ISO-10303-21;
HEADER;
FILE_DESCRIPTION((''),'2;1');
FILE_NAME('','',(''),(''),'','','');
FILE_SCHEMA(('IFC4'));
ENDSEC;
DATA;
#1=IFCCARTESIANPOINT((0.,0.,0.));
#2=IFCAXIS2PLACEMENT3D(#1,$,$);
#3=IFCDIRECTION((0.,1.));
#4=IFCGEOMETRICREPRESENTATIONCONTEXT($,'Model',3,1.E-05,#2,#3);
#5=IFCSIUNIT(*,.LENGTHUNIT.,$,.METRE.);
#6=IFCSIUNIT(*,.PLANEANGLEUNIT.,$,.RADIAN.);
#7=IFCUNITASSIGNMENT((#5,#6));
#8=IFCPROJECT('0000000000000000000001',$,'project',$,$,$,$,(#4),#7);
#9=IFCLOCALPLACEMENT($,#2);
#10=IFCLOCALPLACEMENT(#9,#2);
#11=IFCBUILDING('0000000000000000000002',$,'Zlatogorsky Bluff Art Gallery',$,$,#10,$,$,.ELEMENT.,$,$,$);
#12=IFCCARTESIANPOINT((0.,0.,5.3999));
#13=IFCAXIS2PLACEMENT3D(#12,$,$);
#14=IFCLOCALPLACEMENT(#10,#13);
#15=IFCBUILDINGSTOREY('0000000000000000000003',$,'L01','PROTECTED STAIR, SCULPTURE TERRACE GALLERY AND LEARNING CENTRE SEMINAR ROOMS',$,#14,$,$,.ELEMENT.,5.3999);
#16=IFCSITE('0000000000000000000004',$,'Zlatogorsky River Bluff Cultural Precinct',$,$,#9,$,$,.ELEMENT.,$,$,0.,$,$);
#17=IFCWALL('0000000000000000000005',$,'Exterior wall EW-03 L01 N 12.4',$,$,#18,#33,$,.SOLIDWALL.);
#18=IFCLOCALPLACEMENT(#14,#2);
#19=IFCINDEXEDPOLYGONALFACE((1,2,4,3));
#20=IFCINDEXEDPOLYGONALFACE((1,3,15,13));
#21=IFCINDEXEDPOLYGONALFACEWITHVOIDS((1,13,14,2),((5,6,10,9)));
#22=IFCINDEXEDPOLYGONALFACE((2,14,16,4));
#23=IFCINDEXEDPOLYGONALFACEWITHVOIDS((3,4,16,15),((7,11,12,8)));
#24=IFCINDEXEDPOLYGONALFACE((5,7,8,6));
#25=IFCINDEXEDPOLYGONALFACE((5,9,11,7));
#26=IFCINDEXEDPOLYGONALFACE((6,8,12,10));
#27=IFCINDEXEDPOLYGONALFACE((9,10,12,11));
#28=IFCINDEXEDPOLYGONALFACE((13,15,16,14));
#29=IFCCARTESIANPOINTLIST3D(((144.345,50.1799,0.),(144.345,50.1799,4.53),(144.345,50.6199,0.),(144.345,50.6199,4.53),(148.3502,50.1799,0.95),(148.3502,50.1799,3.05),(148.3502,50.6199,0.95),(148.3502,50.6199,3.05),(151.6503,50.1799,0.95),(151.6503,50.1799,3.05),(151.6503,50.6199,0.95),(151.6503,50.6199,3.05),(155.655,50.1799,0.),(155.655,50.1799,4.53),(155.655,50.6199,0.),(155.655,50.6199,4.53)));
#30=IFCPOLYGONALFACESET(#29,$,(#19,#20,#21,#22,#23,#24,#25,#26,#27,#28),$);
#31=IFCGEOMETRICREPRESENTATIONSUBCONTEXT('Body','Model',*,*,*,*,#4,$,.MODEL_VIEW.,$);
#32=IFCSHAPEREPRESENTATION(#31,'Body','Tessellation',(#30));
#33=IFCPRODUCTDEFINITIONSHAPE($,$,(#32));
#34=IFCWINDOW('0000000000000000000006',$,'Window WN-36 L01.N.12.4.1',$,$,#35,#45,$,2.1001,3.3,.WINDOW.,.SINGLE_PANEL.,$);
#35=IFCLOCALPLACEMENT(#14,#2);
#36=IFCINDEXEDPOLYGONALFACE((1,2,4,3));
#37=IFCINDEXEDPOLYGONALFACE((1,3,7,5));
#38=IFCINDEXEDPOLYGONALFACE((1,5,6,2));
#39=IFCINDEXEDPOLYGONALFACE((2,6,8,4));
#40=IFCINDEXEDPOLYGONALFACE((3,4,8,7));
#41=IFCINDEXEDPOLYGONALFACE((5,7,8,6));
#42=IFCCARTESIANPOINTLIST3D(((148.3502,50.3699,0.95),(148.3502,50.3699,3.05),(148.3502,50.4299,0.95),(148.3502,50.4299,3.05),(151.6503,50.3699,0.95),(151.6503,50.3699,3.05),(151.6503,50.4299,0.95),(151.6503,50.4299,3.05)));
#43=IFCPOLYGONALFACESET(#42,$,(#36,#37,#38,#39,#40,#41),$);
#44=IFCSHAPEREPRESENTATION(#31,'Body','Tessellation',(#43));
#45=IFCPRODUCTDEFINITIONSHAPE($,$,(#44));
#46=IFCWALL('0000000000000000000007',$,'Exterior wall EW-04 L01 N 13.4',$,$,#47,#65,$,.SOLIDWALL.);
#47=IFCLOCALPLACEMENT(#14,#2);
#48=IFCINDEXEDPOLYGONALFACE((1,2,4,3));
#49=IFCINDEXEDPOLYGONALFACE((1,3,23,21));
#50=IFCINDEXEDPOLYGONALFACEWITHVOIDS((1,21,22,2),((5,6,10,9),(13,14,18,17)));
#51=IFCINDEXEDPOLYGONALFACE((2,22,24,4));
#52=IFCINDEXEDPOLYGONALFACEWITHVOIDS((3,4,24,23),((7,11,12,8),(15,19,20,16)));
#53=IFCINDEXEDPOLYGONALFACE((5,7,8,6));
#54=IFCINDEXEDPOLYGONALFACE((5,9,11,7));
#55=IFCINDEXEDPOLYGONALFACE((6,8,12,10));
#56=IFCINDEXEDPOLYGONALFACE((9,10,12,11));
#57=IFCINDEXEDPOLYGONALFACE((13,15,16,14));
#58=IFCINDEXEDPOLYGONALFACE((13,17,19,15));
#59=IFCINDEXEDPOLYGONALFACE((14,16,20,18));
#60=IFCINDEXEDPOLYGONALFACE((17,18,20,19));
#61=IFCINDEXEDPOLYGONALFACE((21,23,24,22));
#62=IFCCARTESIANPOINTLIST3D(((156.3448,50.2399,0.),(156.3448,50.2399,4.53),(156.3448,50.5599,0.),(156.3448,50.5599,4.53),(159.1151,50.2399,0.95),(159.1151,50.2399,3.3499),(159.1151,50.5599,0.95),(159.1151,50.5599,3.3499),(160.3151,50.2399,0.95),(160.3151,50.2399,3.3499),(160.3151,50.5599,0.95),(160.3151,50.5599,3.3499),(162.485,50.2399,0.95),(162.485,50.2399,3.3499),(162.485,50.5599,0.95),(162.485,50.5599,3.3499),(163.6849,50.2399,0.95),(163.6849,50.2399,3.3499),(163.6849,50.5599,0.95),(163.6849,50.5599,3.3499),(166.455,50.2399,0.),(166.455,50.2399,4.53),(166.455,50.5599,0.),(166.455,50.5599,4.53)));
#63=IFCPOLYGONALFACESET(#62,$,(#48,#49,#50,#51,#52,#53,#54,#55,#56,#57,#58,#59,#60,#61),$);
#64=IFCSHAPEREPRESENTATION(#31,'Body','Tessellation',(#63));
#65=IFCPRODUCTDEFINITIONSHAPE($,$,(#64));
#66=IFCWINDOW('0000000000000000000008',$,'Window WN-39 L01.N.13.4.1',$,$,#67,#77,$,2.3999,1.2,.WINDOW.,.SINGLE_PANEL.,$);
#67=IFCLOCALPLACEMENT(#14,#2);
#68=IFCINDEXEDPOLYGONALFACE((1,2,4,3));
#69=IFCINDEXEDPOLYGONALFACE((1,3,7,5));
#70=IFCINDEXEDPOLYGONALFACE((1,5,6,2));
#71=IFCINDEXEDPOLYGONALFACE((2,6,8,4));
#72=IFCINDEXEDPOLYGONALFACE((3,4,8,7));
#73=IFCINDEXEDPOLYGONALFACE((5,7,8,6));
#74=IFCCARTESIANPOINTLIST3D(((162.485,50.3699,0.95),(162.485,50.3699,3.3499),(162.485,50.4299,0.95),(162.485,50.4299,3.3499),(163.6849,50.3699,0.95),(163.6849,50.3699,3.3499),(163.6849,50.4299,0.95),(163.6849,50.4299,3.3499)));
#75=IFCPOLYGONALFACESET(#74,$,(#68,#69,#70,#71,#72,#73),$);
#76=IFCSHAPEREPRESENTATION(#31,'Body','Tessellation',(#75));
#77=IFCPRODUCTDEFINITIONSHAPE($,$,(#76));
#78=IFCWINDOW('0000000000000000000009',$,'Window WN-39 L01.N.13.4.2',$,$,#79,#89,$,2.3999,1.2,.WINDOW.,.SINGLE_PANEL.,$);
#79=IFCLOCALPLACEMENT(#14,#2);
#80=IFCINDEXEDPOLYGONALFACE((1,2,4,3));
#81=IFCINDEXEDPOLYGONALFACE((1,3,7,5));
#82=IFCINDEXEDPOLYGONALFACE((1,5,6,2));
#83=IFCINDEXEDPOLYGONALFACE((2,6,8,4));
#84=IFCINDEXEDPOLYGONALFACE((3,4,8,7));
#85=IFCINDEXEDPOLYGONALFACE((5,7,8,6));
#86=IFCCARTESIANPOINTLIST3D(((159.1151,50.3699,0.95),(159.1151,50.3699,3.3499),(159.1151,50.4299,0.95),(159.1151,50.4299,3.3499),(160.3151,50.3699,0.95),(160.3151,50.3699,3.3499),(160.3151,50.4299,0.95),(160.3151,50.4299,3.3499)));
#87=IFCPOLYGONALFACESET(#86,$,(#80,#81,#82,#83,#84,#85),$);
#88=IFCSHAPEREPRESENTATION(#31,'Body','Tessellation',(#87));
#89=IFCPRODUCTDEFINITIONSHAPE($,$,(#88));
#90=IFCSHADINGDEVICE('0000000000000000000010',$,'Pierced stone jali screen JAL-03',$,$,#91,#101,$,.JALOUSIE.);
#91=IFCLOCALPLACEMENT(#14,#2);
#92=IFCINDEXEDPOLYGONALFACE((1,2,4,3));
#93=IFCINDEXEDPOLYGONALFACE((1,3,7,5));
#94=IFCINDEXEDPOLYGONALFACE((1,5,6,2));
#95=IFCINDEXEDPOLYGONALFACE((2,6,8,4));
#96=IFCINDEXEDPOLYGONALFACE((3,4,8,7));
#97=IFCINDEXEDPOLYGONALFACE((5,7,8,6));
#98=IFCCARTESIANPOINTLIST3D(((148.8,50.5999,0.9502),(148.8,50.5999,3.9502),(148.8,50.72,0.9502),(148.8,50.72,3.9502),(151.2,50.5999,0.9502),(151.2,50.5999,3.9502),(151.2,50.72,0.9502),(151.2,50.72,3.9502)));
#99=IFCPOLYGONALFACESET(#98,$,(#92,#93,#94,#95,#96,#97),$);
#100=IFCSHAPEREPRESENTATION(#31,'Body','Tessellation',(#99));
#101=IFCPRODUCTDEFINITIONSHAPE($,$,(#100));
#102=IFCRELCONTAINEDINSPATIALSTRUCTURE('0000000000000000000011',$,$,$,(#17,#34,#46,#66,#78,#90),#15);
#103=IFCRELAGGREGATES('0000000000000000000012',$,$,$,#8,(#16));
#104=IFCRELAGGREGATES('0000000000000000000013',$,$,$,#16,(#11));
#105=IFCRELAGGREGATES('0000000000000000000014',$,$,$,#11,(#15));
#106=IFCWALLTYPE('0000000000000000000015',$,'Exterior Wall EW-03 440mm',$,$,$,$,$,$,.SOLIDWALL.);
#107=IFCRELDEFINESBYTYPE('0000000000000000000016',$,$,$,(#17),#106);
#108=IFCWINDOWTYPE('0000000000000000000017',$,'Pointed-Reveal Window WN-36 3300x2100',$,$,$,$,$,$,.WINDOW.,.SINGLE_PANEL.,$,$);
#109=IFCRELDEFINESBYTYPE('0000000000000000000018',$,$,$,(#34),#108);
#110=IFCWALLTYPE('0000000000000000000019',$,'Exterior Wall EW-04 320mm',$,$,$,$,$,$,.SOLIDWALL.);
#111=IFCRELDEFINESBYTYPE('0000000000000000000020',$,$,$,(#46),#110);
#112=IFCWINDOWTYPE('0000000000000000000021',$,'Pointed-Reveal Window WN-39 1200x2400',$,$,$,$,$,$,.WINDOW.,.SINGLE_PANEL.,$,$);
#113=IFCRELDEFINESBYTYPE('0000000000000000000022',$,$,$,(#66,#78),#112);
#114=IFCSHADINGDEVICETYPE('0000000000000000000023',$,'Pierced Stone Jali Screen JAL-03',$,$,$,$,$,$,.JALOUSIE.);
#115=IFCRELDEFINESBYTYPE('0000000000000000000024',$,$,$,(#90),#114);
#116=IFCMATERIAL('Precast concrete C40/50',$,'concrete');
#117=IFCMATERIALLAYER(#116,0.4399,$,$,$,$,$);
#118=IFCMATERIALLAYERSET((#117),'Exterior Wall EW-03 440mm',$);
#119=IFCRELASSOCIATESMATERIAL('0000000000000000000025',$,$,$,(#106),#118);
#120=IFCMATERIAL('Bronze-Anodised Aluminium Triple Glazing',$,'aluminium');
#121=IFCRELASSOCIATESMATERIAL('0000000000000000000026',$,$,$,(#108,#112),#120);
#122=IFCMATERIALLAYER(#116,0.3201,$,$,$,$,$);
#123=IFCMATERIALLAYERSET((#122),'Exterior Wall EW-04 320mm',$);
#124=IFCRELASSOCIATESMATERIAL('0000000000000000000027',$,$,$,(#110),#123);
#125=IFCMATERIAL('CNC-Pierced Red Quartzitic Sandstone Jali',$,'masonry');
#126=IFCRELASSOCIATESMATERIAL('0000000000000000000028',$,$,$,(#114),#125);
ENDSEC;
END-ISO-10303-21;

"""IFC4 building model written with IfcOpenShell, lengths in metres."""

from ifc_helpers import new_model, si_unit, direction, frame, frame_2d, origin, origin_2d, place, context, subcontext, project, spatial, rectangle, extrude, material, layer, layer_set, type_object, element, fill, save


model = new_model("IFC4")

# Units and contexts
model_context = context("Model", 3, precision=1e-05, world=origin(), true_north=direction((0.0, 1.0)))
body_context = subcontext(model_context, "Body", "Model", "MODEL_VIEW")
ifc_project = project(units=[si_unit("LENGTHUNIT", "METRE"), si_unit("PLANEANGLEUNIT", "RADIAN")], contexts=[model_context])

# Site, building, storey
site_placement = place(None, origin())
site = spatial("IfcSite", under=ifc_project, at=site_placement, Name="Zlatogorsky River Bluff Cultural Precinct", CompositionType="ELEMENT", RefElevation=0.0)
building_placement = place(site_placement, origin())
building = spatial("IfcBuilding", under=site, at=building_placement, Name="Zlatogorsky Bluff Art Gallery", CompositionType="ELEMENT")
storey_placement = place(building_placement, frame((0.0, 0.0, 5.3999)))
storey = spatial("IfcBuildingStorey", under=building, at=storey_placement, Name="L01", Description="PROTECTED STAIR, SCULPTURE TERRACE GALLERY AND LEARNING CENTRE SEMINAR ROOMS", CompositionType="ELEMENT", Elevation=5.3999)

# Wall, opening, window
ifc_material_1 = material(Name="Precast concrete C40/50", Category="concrete")
ifc_layer_1 = layer(ifc_material_1, 0.4399)
ifc_layer_set_1 = layer_set([ifc_layer_1], Name="Exterior Wall EW-03 440mm")
wall_type_1 = type_object("IfcWallType", Name="Exterior Wall EW-03 440mm", PredefinedType="SOLIDWALL", material=ifc_layer_set_1)
wall_1_placement = place(storey_placement, frame((155.655, 50.3999, 0.0), z_axis=(0.0, 0.0, 1.0), x_axis=(-1.0, 0.0, 0.0)))
wall_1 = element("IfcWall", 1, at=wall_1_placement, inside=storey, type_object=wall_type_1, Name="Exterior wall EW-03 L01 N 12.4", PredefinedType="SOLIDWALL", context=body_context, shape_type="SweptSolid", body=[
    extrude(rectangle(XDim=11.3101, YDim=0.4399, at=frame_2d((5.655, 0.0))), origin(), (0.0, 0.0, 1.0), 4.53),
])
opening_1_placement = place(wall_1_placement, frame((4.0049, 0.0, 0.95)))
opening_1 = element("IfcOpeningElement", 2, at=opening_1_placement, cuts=wall_1, PredefinedType="OPENING", context=body_context, shape_type="SweptSolid", body=[
    extrude(rectangle(XDim=3.3, YDim=2.1001, at=frame_2d((1.6499, 1.05))), frame((0.0, 0.23, 0.0), z_axis=(0.0, -1.0, 0.0), x_axis=(1.0, 0.0, 0.0)), (0.0, 0.0, 1.0), 0.46),
])
ifc_material_2 = material(Name="Bronze-Anodised Aluminium Triple Glazing", Category="aluminium")
window_type_1 = type_object("IfcWindowType", Name="Pointed-Reveal Window WN-36 3300x2100", PartitioningType="SINGLE_PANEL", PredefinedType="WINDOW", material=ifc_material_2)
window_1_placement = place(opening_1_placement, origin())
window_1 = element("IfcWindow", 3, at=window_1_placement, inside=storey, type_object=window_type_1, Name="Window WN-36 L01.N.12.4.1", OverallHeight=2.1001, OverallWidth=3.3, PartitioningType="SINGLE_PANEL", PredefinedType="WINDOW", context=body_context, shape_type="SweptSolid", body=[
    extrude(rectangle(XDim=3.3, YDim=2.1001, at=frame_2d((1.6499, 1.05))), frame((0.0, 0.03, 0.0), z_axis=(0.0, -1.0, 0.0), x_axis=(1.0, 0.0, 0.0)), (0.0, 0.0, 1.0), 0.0601),
])
fill(opening_1, window_1)

# Wall, openings, windows
ifc_layer_2 = layer(ifc_material_1, 0.3201)
ifc_layer_set_2 = layer_set([ifc_layer_2], Name="Exterior Wall EW-04 320mm")
wall_type_2 = type_object("IfcWallType", Name="Exterior Wall EW-04 320mm", PredefinedType="SOLIDWALL", material=ifc_layer_set_2)
wall_2_placement = place(storey_placement, frame((166.4551, 50.3999, 0.0), z_axis=(0.0, 0.0, 1.0), x_axis=(-1.0, 0.0, 0.0)))
wall_2 = element("IfcWall", 4, at=wall_2_placement, inside=storey, type_object=wall_type_2, Name="Exterior wall EW-04 L01 N 13.4", PredefinedType="SOLIDWALL", context=body_context, shape_type="SweptSolid", body=[
    extrude(rectangle(XDim=10.1101, YDim=0.3201, at=frame_2d((5.0552, 0.0))), origin(), (0.0, 0.0, 1.0), 4.53),
])
opening_2_placement = place(wall_2_placement, frame((2.77, 0.0, 0.95)))
opening_2 = element("IfcOpeningElement", 5, at=opening_2_placement, cuts=wall_2, PredefinedType="OPENING", context=body_context, shape_type="SweptSolid", body=[
    extrude(rectangle(XDim=1.2, YDim=2.3999, at=frame_2d((0.6001, 1.2))), frame((0.0, 0.1699, 0.0), z_axis=(0.0, -1.0, 0.0), x_axis=(1.0, 0.0, 0.0)), (0.0, 0.0, 1.0), 0.3401),
])
opening_3_placement = place(wall_2_placement, frame((6.1399, 0.0, 0.95)))
opening_3 = element("IfcOpeningElement", 6, at=opening_3_placement, cuts=wall_2, PredefinedType="OPENING", context=body_context, shape_type="SweptSolid", body=[
    extrude(rectangle(XDim=1.2, YDim=2.3999, at=frame_2d((0.6001, 1.2))), frame((0.0, 0.1699, 0.0), z_axis=(0.0, -1.0, 0.0), x_axis=(1.0, 0.0, 0.0)), (0.0, 0.0, 1.0), 0.3401),
])
window_type_2 = type_object("IfcWindowType", Name="Pointed-Reveal Window WN-39 1200x2400", PartitioningType="SINGLE_PANEL", PredefinedType="WINDOW", material=ifc_material_2)
window_2_placement = place(opening_2_placement, origin())
window_2 = element("IfcWindow", 7, at=window_2_placement, inside=storey, type_object=window_type_2, Name="Window WN-39 L01.N.13.4.1", OverallHeight=2.3999, OverallWidth=1.2, PartitioningType="SINGLE_PANEL", PredefinedType="WINDOW", context=body_context, shape_type="SweptSolid", body=[
    extrude(rectangle(XDim=1.2, YDim=2.3999, at=frame_2d((0.6001, 1.2))), frame((0.0, 0.03, 0.0), z_axis=(0.0, -1.0, 0.0), x_axis=(1.0, 0.0, 0.0)), (0.0, 0.0, 1.0), 0.0601),
])
fill(opening_2, window_2)
window_3_placement = place(opening_3_placement, origin())
window_3 = element("IfcWindow", 8, at=window_3_placement, inside=storey, type_object=window_type_2, Name="Window WN-39 L01.N.13.4.2", OverallHeight=2.3999, OverallWidth=1.2, PartitioningType="SINGLE_PANEL", PredefinedType="WINDOW", context=body_context, shape_type="SweptSolid", body=[
    extrude(rectangle(XDim=1.2, YDim=2.3999, at=frame_2d((0.6001, 1.2))), frame((0.0, 0.03, 0.0), z_axis=(0.0, -1.0, 0.0), x_axis=(1.0, 0.0, 0.0)), (0.0, 0.0, 1.0), 0.0601),
])
fill(opening_3, window_3)

# Shading device
ifc_material_3 = material(Name="CNC-Pierced Red Quartzitic Sandstone Jali", Category="masonry")
shading_device_type = type_object("IfcShadingDeviceType", Name="Pierced Stone Jali Screen JAL-03", PredefinedType="JALOUSIE", material=ifc_material_3)
shading_device_placement = place(storey_placement, frame((150.0, 50.6599, 0.9502), z_axis=(0.0, 0.0, 1.0), x_axis=(1.0, 0.0, 0.0)))
element("IfcShadingDevice", 9, at=shading_device_placement, inside=storey, type_object=shading_device_type, Name="Pierced stone jali screen JAL-03", PredefinedType="JALOUSIE", context=body_context, shape_type="SweptSolid", body=[
    extrude(rectangle(XDim=2.3999, YDim=0.1201, at=origin_2d()), origin(), (0.0, 0.0, 1.0), 3.0),
])

save(model, "model.ifc")
